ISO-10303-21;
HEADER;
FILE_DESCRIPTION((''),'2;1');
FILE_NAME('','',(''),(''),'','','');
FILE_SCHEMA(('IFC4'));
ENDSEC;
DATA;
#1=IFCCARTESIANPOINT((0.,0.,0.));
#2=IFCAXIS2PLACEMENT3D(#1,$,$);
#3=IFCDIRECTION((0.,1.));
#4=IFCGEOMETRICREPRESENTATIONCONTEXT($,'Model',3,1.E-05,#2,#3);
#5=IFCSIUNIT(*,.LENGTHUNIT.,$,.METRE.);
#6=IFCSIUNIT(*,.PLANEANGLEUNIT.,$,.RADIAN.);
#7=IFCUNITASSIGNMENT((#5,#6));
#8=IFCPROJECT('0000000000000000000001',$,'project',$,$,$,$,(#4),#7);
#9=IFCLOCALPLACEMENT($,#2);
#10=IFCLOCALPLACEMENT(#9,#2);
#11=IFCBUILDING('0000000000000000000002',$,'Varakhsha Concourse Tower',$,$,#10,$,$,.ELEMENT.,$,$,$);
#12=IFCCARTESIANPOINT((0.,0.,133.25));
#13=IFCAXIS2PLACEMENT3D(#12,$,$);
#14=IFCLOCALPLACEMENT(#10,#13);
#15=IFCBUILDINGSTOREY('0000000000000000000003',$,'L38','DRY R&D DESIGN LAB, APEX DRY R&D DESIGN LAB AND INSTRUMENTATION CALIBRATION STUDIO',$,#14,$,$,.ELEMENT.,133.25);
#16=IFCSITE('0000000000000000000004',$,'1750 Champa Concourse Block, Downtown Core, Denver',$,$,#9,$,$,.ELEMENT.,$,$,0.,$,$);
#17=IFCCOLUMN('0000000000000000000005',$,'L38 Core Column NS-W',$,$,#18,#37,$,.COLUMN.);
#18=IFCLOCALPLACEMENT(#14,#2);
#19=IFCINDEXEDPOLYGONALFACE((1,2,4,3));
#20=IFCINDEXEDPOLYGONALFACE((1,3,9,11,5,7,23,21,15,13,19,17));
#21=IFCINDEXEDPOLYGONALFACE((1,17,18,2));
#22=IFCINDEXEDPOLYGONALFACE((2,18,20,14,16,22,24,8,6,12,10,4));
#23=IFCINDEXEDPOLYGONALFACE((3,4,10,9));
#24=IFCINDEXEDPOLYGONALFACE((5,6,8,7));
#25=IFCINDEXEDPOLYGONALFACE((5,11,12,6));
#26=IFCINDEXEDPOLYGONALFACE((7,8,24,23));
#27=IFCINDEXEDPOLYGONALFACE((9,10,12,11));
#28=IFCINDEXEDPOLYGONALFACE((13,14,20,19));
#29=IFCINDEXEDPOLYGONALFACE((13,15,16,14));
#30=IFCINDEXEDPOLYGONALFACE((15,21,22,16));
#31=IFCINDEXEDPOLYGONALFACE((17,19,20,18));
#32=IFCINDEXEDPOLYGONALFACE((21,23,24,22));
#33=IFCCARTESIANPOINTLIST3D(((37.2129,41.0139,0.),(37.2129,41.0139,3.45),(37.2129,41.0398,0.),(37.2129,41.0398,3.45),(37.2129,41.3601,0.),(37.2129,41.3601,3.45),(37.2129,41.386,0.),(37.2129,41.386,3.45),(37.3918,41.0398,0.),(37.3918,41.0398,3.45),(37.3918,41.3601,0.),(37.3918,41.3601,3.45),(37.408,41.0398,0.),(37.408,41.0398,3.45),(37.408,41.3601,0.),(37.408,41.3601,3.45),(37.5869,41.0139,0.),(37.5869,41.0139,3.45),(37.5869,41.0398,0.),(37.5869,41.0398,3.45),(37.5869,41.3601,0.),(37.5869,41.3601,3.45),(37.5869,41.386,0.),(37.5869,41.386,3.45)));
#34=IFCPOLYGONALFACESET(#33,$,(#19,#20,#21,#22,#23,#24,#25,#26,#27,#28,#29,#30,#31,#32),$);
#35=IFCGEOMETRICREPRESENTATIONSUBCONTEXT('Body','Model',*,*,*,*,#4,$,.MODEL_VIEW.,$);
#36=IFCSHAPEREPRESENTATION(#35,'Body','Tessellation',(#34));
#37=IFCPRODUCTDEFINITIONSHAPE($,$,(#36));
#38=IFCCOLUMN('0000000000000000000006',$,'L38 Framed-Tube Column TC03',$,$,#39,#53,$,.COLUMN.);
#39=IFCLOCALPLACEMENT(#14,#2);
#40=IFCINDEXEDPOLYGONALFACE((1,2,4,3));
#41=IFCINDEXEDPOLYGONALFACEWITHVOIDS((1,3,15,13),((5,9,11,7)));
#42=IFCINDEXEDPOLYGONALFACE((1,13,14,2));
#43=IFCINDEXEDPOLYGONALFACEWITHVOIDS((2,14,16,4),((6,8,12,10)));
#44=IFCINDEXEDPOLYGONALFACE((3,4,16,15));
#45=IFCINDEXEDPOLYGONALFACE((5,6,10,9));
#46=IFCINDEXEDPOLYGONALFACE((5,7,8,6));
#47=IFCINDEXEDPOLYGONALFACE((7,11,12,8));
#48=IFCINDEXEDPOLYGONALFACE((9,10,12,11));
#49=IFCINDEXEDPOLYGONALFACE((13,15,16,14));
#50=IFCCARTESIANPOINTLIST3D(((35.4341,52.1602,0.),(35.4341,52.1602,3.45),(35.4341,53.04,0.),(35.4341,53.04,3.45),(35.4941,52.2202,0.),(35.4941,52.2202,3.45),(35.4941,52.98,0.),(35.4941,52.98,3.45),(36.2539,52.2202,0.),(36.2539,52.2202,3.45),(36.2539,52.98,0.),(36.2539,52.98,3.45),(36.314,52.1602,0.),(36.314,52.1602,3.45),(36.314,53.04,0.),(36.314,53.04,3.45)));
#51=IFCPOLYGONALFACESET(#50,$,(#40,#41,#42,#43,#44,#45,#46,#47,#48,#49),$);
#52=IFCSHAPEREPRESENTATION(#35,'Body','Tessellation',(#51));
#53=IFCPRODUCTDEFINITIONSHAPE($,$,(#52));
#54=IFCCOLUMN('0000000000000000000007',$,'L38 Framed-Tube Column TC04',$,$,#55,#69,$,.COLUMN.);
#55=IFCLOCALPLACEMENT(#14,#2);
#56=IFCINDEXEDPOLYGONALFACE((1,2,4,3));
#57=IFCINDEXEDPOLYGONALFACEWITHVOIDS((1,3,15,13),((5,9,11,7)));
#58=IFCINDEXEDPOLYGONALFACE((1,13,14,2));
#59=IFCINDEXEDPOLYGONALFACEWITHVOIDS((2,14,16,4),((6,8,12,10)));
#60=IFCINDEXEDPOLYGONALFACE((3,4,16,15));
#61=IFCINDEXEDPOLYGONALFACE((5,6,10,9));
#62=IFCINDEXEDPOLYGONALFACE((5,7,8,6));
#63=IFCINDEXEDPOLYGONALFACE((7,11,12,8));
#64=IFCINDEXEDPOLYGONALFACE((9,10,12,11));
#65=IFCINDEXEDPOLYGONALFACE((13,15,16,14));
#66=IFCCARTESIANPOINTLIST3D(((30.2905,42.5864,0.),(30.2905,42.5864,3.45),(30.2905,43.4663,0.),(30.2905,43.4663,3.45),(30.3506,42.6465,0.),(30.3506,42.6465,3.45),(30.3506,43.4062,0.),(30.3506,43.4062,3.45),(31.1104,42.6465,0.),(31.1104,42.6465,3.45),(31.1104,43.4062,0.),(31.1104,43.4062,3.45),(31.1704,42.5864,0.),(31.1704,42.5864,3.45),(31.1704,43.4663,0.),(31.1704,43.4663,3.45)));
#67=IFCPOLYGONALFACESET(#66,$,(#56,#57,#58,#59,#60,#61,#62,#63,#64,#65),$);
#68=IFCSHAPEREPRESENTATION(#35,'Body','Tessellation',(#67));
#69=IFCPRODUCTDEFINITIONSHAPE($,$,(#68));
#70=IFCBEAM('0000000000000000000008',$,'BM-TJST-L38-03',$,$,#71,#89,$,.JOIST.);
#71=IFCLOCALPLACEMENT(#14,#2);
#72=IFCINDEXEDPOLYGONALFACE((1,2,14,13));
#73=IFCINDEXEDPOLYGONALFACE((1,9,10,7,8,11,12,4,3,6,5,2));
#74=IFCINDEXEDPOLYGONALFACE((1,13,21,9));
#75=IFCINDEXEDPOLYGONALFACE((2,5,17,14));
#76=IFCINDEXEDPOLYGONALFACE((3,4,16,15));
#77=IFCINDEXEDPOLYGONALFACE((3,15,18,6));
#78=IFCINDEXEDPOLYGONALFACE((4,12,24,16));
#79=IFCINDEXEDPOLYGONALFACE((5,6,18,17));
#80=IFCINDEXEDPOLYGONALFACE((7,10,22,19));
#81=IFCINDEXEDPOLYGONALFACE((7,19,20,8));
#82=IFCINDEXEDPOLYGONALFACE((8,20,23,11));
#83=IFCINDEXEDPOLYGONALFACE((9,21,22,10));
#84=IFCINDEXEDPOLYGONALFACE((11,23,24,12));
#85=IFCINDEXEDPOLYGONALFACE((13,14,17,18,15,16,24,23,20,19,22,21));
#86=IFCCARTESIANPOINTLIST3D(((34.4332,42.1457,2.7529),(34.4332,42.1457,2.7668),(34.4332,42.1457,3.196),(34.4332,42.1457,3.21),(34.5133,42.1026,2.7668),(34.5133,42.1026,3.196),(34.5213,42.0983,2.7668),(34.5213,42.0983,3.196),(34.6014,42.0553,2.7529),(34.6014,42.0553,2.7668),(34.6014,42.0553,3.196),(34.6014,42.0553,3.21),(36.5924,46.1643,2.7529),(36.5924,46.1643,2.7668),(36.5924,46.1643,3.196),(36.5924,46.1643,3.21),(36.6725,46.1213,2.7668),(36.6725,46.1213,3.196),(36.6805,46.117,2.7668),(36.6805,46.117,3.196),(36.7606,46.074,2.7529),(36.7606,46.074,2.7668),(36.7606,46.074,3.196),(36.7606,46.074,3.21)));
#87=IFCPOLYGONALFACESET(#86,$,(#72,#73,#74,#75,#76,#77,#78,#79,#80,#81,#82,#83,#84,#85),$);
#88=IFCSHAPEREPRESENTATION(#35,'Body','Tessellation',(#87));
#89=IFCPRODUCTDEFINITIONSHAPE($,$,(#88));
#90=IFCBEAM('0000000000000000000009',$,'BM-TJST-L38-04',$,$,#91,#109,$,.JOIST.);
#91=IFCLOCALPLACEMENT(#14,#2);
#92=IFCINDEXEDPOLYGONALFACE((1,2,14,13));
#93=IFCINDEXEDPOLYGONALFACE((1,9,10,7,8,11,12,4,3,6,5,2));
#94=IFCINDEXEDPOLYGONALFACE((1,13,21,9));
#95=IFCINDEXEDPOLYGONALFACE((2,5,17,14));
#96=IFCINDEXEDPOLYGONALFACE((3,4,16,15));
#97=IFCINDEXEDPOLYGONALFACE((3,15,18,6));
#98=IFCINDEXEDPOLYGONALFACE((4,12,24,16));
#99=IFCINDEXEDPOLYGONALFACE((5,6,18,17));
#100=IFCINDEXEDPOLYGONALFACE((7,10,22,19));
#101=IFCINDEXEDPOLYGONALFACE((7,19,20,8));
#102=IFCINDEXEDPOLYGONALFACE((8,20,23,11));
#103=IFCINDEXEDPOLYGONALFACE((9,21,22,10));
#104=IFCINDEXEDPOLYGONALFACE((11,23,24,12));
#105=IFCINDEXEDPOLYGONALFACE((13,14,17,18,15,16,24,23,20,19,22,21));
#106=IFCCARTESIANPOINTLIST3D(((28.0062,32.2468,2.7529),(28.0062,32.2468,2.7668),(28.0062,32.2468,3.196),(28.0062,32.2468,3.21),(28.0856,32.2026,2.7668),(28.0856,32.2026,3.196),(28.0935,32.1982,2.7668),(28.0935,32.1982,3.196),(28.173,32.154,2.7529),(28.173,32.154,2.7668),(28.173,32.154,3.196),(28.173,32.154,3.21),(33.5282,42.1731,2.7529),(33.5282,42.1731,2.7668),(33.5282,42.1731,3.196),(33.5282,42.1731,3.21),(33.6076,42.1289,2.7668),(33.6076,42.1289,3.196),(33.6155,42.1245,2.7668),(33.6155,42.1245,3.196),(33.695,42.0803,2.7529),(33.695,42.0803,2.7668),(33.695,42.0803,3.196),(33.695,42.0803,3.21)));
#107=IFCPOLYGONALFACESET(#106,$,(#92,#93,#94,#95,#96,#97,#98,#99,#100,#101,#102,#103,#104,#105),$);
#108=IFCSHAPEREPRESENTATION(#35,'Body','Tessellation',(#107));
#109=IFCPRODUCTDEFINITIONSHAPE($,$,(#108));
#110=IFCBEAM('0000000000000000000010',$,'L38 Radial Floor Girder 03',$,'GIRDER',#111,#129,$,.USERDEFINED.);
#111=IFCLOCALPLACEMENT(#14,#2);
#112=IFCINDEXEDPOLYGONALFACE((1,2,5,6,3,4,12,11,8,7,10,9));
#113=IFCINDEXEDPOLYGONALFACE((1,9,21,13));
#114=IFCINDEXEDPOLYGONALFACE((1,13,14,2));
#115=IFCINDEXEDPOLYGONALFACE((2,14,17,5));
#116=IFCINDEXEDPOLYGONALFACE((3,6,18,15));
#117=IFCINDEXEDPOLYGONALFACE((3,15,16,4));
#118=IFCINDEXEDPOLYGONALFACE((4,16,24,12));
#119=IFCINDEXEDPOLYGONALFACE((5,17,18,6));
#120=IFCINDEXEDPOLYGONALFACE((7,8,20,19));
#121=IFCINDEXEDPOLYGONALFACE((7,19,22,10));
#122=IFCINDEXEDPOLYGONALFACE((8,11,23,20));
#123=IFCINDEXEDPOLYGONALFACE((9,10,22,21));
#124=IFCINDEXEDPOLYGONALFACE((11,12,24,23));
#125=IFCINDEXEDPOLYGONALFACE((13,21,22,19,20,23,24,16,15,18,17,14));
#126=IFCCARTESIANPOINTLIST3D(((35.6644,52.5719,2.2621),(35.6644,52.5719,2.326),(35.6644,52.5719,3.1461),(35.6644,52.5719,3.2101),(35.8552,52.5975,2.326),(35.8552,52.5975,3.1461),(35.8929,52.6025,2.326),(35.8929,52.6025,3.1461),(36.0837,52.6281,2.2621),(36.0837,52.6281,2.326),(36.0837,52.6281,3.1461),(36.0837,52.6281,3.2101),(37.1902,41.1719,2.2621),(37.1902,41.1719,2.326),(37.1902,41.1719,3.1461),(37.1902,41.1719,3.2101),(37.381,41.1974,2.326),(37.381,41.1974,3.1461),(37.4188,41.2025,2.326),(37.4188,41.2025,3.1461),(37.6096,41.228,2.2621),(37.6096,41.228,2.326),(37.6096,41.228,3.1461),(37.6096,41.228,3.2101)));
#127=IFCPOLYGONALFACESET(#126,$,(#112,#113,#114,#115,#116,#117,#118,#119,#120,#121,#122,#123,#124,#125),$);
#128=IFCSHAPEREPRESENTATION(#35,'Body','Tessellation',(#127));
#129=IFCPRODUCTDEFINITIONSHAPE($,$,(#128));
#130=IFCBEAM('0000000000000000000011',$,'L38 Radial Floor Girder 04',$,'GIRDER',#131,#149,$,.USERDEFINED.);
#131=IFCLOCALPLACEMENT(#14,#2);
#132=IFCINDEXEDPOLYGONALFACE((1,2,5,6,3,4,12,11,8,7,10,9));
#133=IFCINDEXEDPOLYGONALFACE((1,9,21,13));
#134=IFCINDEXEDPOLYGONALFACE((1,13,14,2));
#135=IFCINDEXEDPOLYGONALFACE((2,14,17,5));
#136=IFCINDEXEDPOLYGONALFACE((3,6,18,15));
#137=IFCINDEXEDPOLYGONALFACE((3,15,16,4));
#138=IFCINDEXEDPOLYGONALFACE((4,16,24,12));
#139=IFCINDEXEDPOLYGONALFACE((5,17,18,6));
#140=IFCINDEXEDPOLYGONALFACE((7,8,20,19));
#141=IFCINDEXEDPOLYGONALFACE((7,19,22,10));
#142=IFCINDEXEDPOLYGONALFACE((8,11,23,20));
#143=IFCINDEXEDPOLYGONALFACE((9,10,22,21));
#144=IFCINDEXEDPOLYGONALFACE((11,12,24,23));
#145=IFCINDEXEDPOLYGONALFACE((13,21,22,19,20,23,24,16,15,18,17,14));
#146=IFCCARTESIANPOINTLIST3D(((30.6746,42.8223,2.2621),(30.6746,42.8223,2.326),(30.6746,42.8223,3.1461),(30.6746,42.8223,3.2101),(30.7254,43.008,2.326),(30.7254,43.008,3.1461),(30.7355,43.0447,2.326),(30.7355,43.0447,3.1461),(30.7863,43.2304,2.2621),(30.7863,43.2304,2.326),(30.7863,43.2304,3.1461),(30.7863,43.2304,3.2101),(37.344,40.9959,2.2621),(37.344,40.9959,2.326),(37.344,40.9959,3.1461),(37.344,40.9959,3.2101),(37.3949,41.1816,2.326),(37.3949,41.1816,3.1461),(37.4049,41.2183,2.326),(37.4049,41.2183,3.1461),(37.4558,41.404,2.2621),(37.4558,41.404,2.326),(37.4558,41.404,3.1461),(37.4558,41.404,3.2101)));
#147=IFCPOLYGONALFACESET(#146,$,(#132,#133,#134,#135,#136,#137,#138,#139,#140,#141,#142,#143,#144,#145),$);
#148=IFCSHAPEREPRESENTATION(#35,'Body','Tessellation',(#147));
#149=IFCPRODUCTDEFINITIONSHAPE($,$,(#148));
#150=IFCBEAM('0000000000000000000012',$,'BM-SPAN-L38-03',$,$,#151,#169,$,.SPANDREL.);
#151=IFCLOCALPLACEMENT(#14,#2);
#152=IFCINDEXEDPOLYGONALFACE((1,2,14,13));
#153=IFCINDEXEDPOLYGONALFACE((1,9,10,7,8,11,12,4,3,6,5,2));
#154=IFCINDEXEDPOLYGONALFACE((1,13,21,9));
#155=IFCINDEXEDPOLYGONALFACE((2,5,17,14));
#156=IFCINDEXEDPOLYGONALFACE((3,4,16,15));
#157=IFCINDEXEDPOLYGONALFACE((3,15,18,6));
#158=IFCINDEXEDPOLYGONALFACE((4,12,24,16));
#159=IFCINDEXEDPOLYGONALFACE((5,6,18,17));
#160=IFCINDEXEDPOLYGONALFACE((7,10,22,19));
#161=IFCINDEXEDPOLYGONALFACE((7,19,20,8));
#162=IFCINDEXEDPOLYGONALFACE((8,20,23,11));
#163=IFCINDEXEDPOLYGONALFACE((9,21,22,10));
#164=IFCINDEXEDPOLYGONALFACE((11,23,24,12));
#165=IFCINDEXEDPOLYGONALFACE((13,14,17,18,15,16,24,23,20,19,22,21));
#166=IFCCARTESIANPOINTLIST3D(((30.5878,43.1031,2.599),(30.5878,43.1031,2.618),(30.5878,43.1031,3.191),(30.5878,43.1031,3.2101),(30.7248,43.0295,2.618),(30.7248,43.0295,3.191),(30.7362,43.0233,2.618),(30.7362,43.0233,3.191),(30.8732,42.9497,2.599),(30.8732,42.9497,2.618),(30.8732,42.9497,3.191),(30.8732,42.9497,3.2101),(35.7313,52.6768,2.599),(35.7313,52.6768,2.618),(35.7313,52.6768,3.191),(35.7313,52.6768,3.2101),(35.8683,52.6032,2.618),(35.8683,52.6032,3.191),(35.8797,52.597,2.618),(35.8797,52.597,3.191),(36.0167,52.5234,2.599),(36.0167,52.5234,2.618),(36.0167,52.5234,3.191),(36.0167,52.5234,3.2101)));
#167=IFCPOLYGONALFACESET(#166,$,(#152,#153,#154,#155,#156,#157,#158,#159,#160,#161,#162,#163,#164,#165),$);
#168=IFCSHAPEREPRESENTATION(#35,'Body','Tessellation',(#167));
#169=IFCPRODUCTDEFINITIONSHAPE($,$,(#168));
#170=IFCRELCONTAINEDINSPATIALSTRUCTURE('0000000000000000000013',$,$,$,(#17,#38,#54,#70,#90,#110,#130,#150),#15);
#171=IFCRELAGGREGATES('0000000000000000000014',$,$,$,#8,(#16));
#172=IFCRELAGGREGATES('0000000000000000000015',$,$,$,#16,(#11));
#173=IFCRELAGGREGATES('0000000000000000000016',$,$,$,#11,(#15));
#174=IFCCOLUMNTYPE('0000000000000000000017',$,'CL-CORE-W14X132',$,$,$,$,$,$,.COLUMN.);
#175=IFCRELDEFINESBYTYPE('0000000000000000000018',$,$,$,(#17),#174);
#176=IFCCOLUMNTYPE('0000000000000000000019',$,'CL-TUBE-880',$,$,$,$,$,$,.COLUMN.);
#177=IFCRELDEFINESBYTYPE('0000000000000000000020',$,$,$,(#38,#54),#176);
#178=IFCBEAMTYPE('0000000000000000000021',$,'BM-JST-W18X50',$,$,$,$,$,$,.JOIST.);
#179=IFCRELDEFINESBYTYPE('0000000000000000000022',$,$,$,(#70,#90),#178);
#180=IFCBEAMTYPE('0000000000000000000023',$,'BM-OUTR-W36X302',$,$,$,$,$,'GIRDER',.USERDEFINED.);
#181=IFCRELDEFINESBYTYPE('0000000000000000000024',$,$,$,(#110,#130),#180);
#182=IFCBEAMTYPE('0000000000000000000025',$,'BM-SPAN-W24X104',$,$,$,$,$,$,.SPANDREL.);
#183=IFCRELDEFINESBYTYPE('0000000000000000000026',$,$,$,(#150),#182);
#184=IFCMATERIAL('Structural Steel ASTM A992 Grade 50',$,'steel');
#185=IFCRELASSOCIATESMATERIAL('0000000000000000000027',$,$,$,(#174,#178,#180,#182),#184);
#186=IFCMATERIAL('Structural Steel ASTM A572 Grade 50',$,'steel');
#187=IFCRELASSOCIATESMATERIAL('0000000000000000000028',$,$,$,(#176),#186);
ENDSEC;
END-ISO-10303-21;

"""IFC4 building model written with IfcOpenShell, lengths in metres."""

from ifc_helpers import new_model, si_unit, direction, frame, origin, origin_2d, place, context, subcontext, project, spatial, hollow_rectangle, i_section, extrude, material, material_profile, profile_set, type_object, element, save


model = new_model("IFC4")

# Units and contexts
model_context = context("Model", 3, precision=1e-05, world=origin(), true_north=direction((0.0, 1.0)))
body_context = subcontext(model_context, "Body", "Model", "MODEL_VIEW")
ifc_project = project(units=[si_unit("LENGTHUNIT", "METRE"), si_unit("PLANEANGLEUNIT", "RADIAN")], contexts=[model_context])

# Site, building, storey
site_placement = place(None, origin())
site = spatial("IfcSite", under=ifc_project, at=site_placement, Name="1750 Champa Concourse Block, Downtown Core, Denver", CompositionType="ELEMENT", RefElevation=0.0)
building_placement = place(site_placement, origin())
building = spatial("IfcBuilding", under=site, at=building_placement, Name="Varakhsha Concourse Tower", CompositionType="ELEMENT")
storey_placement = place(building_placement, frame((0.0, 0.0, 133.25)))
storey = spatial("IfcBuildingStorey", under=building, at=storey_placement, Name="L38", Description="DRY R&D DESIGN LAB, APEX DRY R&D DESIGN LAB AND INSTRUMENTATION CALIBRATION STUDIO", CompositionType="ELEMENT", Elevation=133.25)

# Columns
ifc_material_1 = material(Name="Structural Steel ASTM A992 Grade 50", Category="steel")
ifc_material_profile_1 = material_profile(ifc_material_1, i_section(OverallWidth=0.374, OverallDepth=0.3721, WebThickness=0.0161, FlangeThickness=0.0259, at=origin_2d()), Name="W14X132")
ifc_profile_set_1 = profile_set([ifc_material_profile_1], Name="Structural Steel ASTM A992 Grade 50")
column_type_1 = type_object("IfcColumnType", Name="CL-CORE-W14X132", PredefinedType="COLUMN", material=ifc_profile_set_1)
column_placement = place(storey_placement, frame((37.3999, 41.2, 0.0), z_axis=(0.0, 0.0, 1.0), x_axis=(1.0, 0.0, 0.0)))
element("IfcColumn", 1, at=column_placement, inside=storey, type_object=column_type_1, Name="L38 Core Column NS-W", PredefinedType="COLUMN", context=body_context, shape_type="SweptSolid", body=[
    extrude(i_section(OverallWidth=0.374, OverallDepth=0.3721, WebThickness=0.0161, FlangeThickness=0.0259, at=origin_2d()), origin(), (0.0, 0.0, 1.0), 3.45),
])
ifc_material_2 = material(Name="Structural Steel ASTM A572 Grade 50", Category="steel")
ifc_material_profile_2 = material_profile(ifc_material_2, hollow_rectangle(XDim=0.8799, YDim=0.8799, WallThickness=0.0601, at=origin_2d()), Name="BOX 880x880x60")
ifc_profile_set_2 = profile_set([ifc_material_profile_2], Name="Structural Steel ASTM A572 Grade 50")
column_type_2 = type_object("IfcColumnType", Name="CL-TUBE-880", PredefinedType="COLUMN", material=ifc_profile_set_2)
for number, where, z_axis, x_axis, name in (
    (2, (35.874, 52.6001, 0.0), (0.0, 0.0, 1.0), (1.0, 0.0, 0.0), "L38 Framed-Tube Column TC03"),
    (3, (30.7305, 43.0264, 0.0), (0.0, 0.0, 1.0), (1.0, 0.0, 0.0), "L38 Framed-Tube Column TC04"),
):
    element("IfcColumn", number, at=place(storey_placement, frame(where, z_axis=z_axis, x_axis=x_axis)), inside=storey, type_object=column_type_2, Name=name, PredefinedType="COLUMN", context=body_context, shape_type="SweptSolid", body=[
        extrude(hollow_rectangle(XDim=0.8799, YDim=0.8799, WallThickness=0.0601, at=origin_2d()), origin(), (0.0, 0.0, 1.0), 3.45),
    ])

# Beams
ifc_material_profile_3 = material_profile(ifc_material_1, i_section(OverallWidth=0.1909, OverallDepth=0.457, WebThickness=0.009, FlangeThickness=0.0139, at=origin_2d()), Name="W18X50")
ifc_profile_set_3 = profile_set([ifc_material_profile_3], Name="Structural Steel ASTM A992 Grade 50")
beam_type_1 = type_object("IfcBeamType", Name="BM-JST-W18X50", PredefinedType="JOIST", material=ifc_profile_set_3)
beam_1_placement = place(storey_placement, frame((36.6765, 46.1191, 2.9814), z_axis=(-0.473308, -0.880897, 0.0), x_axis=(0.880897, -0.473308, 0.0)))
element("IfcBeam", 4, at=beam_1_placement, inside=storey, type_object=beam_type_1, Name="BM-TJST-L38-03", PredefinedType="JOIST", context=body_context, shape_type="SweptSolid", body=[
    extrude(i_section(OverallWidth=0.1909, OverallDepth=0.457, WebThickness=0.009, FlangeThickness=0.0139, at=origin_2d()), origin(), (0.0, 0.0, 1.0), 4.562),
])
beam_2_placement = place(storey_placement, frame((33.6116, 42.1267, 2.9814), z_axis=(-0.486139, -0.873881, 0.0), x_axis=(0.873881, -0.486139, 0.0)))
element("IfcBeam", 5, at=beam_2_placement, inside=storey, type_object=beam_type_1, Name="BM-TJST-L38-04", PredefinedType="JOIST", context=body_context, shape_type="SweptSolid", body=[
    extrude(i_section(OverallWidth=0.1909, OverallDepth=0.457, WebThickness=0.009, FlangeThickness=0.0139, at=origin_2d()), origin(), (0.0, 0.0, 1.0), 11.3589),
])
ifc_material_profile_4 = material_profile(ifc_material_1, i_section(OverallWidth=0.4231, OverallDepth=0.948, WebThickness=0.0381, FlangeThickness=0.064, at=origin_2d()), Name="W36X302")
ifc_profile_set_4 = profile_set([ifc_material_profile_4], Name="Structural Steel ASTM A992 Grade 50")
beam_type_2 = type_object("IfcBeamType", Name="BM-OUTR-W36X302", ElementType="GIRDER", PredefinedType="USERDEFINED", material=ifc_profile_set_4)
beam_3_placement = place(storey_placement, frame((37.3999, 41.2, 2.7361), z_axis=(-0.132664, 0.991161, 0.0), x_axis=(-0.991161, -0.132664, 0.0)))
element("IfcBeam", 6, at=beam_3_placement, inside=storey, type_object=beam_type_2, Name="L38 Radial Floor Girder 03", ObjectType="GIRDER", PredefinedType="USERDEFINED", context=body_context, shape_type="SweptSolid", body=[
    extrude(i_section(OverallWidth=0.4231, OverallDepth=0.948, WebThickness=0.0381, FlangeThickness=0.064, at=origin_2d()), origin(), (0.0, 0.0, 1.0), 11.5017),
])
beam_4_placement = place(storey_placement, frame((37.3999, 41.2, 2.7361), z_axis=(-0.964489, 0.264124, 0.0), x_axis=(-0.264124, -0.964489, 0.0)))
element("IfcBeam", 7, at=beam_4_placement, inside=storey, type_object=beam_type_2, Name="L38 Radial Floor Girder 04", ObjectType="GIRDER", PredefinedType="USERDEFINED", context=body_context, shape_type="SweptSolid", body=[
    extrude(i_section(OverallWidth=0.4231, OverallDepth=0.948, WebThickness=0.0381, FlangeThickness=0.064, at=origin_2d()), origin(), (0.0, 0.0, 1.0), 6.915),
])
ifc_material_profile_5 = material_profile(ifc_material_1, i_section(OverallWidth=0.324, OverallDepth=0.6111, WebThickness=0.0129, FlangeThickness=0.019, at=origin_2d()), Name="W24X104")
ifc_profile_set_5 = profile_set([ifc_material_profile_5], Name="Structural Steel ASTM A992 Grade 50")
beam_type_3 = type_object("IfcBeamType", Name="BM-SPAN-W24X104", PredefinedType="SPANDREL", material=ifc_profile_set_5)
beam_5_placement = place(storey_placement, frame((35.874, 52.6001, 2.9045), z_axis=(-0.473277, -0.880914, 0.0), x_axis=(0.880914, -0.473277, 0.0)))
element("IfcBeam", 8, at=beam_5_placement, inside=storey, type_object=beam_type_3, Name="BM-SPAN-L38-03", PredefinedType="SPANDREL", context=body_context, shape_type="SweptSolid", body=[
    extrude(i_section(OverallWidth=0.324, OverallDepth=0.6111, WebThickness=0.0129, FlangeThickness=0.019, at=origin_2d()), origin(), (0.0, 0.0, 1.0), 10.8679),
])

save(model, "model.ifc")
